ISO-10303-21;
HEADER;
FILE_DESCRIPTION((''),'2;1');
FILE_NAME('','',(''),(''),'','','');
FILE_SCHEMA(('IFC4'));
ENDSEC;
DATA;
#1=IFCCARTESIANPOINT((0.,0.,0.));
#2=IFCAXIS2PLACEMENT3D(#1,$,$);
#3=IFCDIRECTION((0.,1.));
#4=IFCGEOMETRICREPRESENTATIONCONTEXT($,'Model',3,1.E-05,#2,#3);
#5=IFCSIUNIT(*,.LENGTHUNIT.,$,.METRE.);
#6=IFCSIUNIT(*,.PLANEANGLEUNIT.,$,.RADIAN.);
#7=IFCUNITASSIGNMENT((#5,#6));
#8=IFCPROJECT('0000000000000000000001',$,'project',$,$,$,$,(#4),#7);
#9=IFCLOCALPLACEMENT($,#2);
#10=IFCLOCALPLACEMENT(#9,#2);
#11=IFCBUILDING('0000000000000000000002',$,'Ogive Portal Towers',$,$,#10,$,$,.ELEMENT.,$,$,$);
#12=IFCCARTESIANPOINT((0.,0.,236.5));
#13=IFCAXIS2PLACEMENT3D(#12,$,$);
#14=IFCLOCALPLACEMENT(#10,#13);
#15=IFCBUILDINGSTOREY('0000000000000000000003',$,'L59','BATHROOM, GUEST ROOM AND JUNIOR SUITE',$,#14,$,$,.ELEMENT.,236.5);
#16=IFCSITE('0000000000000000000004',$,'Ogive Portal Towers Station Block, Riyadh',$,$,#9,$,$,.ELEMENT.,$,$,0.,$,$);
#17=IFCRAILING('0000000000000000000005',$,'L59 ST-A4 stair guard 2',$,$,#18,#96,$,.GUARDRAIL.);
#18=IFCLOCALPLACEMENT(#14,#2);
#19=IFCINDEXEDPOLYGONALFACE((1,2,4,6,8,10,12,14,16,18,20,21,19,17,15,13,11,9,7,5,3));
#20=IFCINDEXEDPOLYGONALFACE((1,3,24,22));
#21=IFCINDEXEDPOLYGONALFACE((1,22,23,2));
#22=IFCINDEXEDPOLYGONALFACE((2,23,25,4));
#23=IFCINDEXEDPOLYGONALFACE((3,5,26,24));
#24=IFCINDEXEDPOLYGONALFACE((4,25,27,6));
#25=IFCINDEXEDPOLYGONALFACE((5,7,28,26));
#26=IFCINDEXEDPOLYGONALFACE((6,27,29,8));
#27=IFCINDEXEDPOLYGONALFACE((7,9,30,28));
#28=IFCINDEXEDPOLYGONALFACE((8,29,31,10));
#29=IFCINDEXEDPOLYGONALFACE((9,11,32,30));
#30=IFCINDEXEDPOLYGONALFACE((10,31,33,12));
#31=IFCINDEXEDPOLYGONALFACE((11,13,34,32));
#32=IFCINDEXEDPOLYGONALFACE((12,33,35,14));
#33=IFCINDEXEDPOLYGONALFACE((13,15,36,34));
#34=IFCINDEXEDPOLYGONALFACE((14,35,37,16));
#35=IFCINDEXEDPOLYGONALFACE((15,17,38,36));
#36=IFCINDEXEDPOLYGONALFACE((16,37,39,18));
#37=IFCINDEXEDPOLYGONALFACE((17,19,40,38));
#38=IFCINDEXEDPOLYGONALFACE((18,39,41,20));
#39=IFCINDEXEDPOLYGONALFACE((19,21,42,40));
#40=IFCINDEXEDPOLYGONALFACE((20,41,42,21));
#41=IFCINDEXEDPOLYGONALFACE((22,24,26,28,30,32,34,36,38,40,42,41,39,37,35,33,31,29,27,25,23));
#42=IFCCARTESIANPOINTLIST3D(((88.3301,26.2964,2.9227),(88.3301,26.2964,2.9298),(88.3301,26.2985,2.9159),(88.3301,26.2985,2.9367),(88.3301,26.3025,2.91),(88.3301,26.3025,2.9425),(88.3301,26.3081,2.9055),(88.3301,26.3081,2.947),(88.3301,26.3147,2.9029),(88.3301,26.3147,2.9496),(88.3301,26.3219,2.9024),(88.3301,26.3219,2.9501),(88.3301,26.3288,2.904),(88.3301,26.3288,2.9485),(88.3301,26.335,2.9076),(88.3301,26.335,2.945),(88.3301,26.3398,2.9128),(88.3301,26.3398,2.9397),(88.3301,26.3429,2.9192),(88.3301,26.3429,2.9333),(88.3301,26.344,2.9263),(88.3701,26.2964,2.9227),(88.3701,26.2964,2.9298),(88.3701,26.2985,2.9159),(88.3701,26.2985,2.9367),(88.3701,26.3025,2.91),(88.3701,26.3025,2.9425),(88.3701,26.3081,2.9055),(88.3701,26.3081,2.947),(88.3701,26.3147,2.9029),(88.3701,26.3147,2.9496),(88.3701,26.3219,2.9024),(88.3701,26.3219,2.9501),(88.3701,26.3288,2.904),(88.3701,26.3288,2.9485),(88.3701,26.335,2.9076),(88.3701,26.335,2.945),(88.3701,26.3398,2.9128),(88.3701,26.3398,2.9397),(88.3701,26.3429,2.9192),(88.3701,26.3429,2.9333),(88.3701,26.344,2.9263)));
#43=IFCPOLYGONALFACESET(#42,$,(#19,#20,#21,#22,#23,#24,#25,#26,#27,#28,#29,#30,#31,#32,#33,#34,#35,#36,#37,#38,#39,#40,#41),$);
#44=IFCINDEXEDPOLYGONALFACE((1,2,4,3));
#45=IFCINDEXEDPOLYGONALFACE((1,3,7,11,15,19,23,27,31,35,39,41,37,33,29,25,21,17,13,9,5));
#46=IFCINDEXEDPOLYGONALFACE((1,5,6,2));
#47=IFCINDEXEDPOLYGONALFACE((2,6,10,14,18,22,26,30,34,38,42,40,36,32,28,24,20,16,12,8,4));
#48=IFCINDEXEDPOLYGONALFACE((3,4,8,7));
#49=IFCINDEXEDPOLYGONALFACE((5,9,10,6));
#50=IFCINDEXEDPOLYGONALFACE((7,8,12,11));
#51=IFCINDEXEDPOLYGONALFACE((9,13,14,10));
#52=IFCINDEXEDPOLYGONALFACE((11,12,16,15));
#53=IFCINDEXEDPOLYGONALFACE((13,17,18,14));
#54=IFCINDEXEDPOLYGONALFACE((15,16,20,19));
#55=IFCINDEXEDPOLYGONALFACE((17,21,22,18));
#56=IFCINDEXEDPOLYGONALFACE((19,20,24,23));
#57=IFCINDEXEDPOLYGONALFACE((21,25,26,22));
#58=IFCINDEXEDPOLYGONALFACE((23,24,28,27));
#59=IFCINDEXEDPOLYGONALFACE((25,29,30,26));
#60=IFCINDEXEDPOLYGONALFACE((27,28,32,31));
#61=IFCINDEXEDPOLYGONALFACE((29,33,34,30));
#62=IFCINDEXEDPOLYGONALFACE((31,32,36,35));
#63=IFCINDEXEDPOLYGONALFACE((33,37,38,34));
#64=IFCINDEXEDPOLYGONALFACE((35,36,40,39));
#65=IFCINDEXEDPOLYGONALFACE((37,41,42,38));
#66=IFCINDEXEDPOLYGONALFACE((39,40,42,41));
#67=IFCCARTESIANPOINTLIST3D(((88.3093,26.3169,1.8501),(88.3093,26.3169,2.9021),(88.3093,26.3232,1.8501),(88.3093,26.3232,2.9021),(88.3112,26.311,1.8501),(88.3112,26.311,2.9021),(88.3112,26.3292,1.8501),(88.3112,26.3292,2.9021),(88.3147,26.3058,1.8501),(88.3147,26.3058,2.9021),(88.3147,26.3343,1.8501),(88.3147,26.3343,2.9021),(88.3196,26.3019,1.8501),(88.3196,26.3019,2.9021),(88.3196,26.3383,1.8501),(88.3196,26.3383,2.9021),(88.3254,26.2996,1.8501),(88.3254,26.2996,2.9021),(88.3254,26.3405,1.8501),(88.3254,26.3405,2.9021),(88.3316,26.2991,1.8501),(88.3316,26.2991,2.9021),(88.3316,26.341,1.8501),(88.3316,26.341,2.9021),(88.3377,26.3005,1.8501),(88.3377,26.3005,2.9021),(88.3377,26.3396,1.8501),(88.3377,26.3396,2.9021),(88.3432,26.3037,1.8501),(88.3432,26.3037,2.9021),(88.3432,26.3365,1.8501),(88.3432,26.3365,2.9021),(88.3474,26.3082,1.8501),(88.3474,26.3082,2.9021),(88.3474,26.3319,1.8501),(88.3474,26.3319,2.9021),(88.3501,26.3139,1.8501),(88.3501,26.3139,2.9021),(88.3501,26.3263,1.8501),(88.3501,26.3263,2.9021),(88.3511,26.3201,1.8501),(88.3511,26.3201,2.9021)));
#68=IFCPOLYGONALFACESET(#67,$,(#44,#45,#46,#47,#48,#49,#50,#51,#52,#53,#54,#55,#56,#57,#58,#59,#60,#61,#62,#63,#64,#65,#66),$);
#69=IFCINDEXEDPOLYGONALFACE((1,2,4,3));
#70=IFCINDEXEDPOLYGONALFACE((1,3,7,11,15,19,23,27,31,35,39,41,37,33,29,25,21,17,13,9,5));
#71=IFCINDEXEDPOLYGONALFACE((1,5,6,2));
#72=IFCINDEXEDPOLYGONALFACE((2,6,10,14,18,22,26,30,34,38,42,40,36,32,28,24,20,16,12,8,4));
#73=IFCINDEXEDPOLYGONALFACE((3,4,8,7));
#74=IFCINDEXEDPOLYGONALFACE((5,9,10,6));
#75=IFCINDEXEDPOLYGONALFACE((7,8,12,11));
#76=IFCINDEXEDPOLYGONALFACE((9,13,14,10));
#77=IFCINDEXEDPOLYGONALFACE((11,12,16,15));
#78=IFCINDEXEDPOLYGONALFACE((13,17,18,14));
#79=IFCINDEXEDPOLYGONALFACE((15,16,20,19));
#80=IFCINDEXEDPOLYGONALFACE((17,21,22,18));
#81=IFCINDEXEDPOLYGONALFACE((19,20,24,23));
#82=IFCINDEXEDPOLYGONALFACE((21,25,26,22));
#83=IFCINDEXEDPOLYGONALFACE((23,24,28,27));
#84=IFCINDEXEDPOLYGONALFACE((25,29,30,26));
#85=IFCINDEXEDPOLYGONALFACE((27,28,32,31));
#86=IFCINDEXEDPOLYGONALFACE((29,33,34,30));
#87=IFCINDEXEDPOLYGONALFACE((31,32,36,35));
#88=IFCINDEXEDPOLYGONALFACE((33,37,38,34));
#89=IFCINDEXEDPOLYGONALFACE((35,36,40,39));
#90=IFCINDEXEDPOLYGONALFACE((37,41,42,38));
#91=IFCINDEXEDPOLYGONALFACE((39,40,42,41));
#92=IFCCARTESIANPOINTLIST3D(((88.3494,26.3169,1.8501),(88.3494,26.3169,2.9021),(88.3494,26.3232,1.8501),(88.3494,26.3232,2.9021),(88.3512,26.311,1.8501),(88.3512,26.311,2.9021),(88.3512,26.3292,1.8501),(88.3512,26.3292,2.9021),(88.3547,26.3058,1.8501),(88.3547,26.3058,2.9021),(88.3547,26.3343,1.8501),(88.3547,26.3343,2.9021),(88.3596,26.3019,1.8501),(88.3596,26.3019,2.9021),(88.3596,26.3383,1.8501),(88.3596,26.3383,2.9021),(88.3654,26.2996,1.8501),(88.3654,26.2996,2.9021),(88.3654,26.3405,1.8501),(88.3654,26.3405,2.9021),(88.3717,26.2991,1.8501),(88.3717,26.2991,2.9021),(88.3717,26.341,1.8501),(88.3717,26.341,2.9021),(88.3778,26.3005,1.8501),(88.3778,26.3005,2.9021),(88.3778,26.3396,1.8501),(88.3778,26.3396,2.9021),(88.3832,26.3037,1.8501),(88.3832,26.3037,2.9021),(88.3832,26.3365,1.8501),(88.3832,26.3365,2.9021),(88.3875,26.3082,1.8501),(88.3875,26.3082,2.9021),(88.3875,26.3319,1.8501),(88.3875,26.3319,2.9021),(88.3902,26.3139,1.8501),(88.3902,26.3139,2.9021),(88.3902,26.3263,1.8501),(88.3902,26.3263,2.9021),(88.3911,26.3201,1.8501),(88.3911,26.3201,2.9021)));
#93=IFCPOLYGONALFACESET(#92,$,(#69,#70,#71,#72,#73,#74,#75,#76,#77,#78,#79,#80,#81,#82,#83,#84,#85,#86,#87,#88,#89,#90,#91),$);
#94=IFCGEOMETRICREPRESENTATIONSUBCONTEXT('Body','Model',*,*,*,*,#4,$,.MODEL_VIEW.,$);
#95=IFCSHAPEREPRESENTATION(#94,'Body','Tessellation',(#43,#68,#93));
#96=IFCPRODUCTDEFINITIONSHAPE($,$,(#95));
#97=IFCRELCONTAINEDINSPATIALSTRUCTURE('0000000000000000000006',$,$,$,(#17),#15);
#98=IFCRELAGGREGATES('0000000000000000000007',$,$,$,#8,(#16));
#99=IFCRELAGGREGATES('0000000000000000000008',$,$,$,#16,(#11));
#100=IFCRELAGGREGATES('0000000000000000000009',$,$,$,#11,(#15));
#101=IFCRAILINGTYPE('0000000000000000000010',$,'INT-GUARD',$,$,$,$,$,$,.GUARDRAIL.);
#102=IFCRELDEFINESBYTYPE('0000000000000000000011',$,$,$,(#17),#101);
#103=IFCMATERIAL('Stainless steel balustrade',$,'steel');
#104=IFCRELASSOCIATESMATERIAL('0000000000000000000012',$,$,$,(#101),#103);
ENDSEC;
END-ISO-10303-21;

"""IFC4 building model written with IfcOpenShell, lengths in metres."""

from ifc_helpers import new_model, si_unit, direction, frame, origin, origin_2d, place, context, subcontext, project, spatial, circle, extrude, material, type_object, element, save


model = new_model("IFC4")

# Units and contexts
model_context = context("Model", 3, precision=1e-05, world=origin(), true_north=direction((0.0, 1.0)))
body_context = subcontext(model_context, "Body", "Model", "MODEL_VIEW")
ifc_project = project(units=[si_unit("LENGTHUNIT", "METRE"), si_unit("PLANEANGLEUNIT", "RADIAN")], contexts=[model_context])

# Site, building, storey
site_placement = place(None, origin())
site = spatial("IfcSite", under=ifc_project, at=site_placement, Name="Ogive Portal Towers Station Block, Riyadh", CompositionType="ELEMENT", RefElevation=0.0)
building_placement = place(site_placement, origin())
building = spatial("IfcBuilding", under=site, at=building_placement, Name="Ogive Portal Towers", CompositionType="ELEMENT")
storey_placement = place(building_placement, frame((0.0, 0.0, 236.5)))
storey = spatial("IfcBuildingStorey", under=building, at=storey_placement, Name="L59", Description="BATHROOM, GUEST ROOM AND JUNIOR SUITE", CompositionType="ELEMENT", Elevation=236.5)

# Railing
ifc_material_1 = material(Name="Stainless steel balustrade", Category="steel")
railing_type_1 = type_object("IfcRailingType", Name="INT-GUARD", PredefinedType="GUARDRAIL", material=ifc_material_1)
railing_1_placement = place(storey_placement, frame((88.3301, 26.3201, 1.8501)))
element("IfcRailing", 1, at=railing_1_placement, inside=storey, type_object=railing_type_1, Name="L59 ST-A4 stair guard 2", PredefinedType="GUARDRAIL", context=body_context, shape_type="SweptSolid", body=[
    extrude(circle(Radius=0.0239, at=origin_2d()), frame((0.0, 0.0, 1.0762), z_axis=(1.0, 0.0, 0.0), x_axis=(0.0, 1.0, 0.0)), (0.0, 0.0, 1.0), 0.04),
    extrude(circle(Radius=0.021, at=origin_2d()), origin(), (0.0, 0.0, 1.0), 1.052),
    extrude(circle(Radius=0.021, at=origin_2d()), frame((0.04, 0.0, 0.0)), (0.0, 0.0, 1.0), 1.052),
])

save(model, "model.ifc")
